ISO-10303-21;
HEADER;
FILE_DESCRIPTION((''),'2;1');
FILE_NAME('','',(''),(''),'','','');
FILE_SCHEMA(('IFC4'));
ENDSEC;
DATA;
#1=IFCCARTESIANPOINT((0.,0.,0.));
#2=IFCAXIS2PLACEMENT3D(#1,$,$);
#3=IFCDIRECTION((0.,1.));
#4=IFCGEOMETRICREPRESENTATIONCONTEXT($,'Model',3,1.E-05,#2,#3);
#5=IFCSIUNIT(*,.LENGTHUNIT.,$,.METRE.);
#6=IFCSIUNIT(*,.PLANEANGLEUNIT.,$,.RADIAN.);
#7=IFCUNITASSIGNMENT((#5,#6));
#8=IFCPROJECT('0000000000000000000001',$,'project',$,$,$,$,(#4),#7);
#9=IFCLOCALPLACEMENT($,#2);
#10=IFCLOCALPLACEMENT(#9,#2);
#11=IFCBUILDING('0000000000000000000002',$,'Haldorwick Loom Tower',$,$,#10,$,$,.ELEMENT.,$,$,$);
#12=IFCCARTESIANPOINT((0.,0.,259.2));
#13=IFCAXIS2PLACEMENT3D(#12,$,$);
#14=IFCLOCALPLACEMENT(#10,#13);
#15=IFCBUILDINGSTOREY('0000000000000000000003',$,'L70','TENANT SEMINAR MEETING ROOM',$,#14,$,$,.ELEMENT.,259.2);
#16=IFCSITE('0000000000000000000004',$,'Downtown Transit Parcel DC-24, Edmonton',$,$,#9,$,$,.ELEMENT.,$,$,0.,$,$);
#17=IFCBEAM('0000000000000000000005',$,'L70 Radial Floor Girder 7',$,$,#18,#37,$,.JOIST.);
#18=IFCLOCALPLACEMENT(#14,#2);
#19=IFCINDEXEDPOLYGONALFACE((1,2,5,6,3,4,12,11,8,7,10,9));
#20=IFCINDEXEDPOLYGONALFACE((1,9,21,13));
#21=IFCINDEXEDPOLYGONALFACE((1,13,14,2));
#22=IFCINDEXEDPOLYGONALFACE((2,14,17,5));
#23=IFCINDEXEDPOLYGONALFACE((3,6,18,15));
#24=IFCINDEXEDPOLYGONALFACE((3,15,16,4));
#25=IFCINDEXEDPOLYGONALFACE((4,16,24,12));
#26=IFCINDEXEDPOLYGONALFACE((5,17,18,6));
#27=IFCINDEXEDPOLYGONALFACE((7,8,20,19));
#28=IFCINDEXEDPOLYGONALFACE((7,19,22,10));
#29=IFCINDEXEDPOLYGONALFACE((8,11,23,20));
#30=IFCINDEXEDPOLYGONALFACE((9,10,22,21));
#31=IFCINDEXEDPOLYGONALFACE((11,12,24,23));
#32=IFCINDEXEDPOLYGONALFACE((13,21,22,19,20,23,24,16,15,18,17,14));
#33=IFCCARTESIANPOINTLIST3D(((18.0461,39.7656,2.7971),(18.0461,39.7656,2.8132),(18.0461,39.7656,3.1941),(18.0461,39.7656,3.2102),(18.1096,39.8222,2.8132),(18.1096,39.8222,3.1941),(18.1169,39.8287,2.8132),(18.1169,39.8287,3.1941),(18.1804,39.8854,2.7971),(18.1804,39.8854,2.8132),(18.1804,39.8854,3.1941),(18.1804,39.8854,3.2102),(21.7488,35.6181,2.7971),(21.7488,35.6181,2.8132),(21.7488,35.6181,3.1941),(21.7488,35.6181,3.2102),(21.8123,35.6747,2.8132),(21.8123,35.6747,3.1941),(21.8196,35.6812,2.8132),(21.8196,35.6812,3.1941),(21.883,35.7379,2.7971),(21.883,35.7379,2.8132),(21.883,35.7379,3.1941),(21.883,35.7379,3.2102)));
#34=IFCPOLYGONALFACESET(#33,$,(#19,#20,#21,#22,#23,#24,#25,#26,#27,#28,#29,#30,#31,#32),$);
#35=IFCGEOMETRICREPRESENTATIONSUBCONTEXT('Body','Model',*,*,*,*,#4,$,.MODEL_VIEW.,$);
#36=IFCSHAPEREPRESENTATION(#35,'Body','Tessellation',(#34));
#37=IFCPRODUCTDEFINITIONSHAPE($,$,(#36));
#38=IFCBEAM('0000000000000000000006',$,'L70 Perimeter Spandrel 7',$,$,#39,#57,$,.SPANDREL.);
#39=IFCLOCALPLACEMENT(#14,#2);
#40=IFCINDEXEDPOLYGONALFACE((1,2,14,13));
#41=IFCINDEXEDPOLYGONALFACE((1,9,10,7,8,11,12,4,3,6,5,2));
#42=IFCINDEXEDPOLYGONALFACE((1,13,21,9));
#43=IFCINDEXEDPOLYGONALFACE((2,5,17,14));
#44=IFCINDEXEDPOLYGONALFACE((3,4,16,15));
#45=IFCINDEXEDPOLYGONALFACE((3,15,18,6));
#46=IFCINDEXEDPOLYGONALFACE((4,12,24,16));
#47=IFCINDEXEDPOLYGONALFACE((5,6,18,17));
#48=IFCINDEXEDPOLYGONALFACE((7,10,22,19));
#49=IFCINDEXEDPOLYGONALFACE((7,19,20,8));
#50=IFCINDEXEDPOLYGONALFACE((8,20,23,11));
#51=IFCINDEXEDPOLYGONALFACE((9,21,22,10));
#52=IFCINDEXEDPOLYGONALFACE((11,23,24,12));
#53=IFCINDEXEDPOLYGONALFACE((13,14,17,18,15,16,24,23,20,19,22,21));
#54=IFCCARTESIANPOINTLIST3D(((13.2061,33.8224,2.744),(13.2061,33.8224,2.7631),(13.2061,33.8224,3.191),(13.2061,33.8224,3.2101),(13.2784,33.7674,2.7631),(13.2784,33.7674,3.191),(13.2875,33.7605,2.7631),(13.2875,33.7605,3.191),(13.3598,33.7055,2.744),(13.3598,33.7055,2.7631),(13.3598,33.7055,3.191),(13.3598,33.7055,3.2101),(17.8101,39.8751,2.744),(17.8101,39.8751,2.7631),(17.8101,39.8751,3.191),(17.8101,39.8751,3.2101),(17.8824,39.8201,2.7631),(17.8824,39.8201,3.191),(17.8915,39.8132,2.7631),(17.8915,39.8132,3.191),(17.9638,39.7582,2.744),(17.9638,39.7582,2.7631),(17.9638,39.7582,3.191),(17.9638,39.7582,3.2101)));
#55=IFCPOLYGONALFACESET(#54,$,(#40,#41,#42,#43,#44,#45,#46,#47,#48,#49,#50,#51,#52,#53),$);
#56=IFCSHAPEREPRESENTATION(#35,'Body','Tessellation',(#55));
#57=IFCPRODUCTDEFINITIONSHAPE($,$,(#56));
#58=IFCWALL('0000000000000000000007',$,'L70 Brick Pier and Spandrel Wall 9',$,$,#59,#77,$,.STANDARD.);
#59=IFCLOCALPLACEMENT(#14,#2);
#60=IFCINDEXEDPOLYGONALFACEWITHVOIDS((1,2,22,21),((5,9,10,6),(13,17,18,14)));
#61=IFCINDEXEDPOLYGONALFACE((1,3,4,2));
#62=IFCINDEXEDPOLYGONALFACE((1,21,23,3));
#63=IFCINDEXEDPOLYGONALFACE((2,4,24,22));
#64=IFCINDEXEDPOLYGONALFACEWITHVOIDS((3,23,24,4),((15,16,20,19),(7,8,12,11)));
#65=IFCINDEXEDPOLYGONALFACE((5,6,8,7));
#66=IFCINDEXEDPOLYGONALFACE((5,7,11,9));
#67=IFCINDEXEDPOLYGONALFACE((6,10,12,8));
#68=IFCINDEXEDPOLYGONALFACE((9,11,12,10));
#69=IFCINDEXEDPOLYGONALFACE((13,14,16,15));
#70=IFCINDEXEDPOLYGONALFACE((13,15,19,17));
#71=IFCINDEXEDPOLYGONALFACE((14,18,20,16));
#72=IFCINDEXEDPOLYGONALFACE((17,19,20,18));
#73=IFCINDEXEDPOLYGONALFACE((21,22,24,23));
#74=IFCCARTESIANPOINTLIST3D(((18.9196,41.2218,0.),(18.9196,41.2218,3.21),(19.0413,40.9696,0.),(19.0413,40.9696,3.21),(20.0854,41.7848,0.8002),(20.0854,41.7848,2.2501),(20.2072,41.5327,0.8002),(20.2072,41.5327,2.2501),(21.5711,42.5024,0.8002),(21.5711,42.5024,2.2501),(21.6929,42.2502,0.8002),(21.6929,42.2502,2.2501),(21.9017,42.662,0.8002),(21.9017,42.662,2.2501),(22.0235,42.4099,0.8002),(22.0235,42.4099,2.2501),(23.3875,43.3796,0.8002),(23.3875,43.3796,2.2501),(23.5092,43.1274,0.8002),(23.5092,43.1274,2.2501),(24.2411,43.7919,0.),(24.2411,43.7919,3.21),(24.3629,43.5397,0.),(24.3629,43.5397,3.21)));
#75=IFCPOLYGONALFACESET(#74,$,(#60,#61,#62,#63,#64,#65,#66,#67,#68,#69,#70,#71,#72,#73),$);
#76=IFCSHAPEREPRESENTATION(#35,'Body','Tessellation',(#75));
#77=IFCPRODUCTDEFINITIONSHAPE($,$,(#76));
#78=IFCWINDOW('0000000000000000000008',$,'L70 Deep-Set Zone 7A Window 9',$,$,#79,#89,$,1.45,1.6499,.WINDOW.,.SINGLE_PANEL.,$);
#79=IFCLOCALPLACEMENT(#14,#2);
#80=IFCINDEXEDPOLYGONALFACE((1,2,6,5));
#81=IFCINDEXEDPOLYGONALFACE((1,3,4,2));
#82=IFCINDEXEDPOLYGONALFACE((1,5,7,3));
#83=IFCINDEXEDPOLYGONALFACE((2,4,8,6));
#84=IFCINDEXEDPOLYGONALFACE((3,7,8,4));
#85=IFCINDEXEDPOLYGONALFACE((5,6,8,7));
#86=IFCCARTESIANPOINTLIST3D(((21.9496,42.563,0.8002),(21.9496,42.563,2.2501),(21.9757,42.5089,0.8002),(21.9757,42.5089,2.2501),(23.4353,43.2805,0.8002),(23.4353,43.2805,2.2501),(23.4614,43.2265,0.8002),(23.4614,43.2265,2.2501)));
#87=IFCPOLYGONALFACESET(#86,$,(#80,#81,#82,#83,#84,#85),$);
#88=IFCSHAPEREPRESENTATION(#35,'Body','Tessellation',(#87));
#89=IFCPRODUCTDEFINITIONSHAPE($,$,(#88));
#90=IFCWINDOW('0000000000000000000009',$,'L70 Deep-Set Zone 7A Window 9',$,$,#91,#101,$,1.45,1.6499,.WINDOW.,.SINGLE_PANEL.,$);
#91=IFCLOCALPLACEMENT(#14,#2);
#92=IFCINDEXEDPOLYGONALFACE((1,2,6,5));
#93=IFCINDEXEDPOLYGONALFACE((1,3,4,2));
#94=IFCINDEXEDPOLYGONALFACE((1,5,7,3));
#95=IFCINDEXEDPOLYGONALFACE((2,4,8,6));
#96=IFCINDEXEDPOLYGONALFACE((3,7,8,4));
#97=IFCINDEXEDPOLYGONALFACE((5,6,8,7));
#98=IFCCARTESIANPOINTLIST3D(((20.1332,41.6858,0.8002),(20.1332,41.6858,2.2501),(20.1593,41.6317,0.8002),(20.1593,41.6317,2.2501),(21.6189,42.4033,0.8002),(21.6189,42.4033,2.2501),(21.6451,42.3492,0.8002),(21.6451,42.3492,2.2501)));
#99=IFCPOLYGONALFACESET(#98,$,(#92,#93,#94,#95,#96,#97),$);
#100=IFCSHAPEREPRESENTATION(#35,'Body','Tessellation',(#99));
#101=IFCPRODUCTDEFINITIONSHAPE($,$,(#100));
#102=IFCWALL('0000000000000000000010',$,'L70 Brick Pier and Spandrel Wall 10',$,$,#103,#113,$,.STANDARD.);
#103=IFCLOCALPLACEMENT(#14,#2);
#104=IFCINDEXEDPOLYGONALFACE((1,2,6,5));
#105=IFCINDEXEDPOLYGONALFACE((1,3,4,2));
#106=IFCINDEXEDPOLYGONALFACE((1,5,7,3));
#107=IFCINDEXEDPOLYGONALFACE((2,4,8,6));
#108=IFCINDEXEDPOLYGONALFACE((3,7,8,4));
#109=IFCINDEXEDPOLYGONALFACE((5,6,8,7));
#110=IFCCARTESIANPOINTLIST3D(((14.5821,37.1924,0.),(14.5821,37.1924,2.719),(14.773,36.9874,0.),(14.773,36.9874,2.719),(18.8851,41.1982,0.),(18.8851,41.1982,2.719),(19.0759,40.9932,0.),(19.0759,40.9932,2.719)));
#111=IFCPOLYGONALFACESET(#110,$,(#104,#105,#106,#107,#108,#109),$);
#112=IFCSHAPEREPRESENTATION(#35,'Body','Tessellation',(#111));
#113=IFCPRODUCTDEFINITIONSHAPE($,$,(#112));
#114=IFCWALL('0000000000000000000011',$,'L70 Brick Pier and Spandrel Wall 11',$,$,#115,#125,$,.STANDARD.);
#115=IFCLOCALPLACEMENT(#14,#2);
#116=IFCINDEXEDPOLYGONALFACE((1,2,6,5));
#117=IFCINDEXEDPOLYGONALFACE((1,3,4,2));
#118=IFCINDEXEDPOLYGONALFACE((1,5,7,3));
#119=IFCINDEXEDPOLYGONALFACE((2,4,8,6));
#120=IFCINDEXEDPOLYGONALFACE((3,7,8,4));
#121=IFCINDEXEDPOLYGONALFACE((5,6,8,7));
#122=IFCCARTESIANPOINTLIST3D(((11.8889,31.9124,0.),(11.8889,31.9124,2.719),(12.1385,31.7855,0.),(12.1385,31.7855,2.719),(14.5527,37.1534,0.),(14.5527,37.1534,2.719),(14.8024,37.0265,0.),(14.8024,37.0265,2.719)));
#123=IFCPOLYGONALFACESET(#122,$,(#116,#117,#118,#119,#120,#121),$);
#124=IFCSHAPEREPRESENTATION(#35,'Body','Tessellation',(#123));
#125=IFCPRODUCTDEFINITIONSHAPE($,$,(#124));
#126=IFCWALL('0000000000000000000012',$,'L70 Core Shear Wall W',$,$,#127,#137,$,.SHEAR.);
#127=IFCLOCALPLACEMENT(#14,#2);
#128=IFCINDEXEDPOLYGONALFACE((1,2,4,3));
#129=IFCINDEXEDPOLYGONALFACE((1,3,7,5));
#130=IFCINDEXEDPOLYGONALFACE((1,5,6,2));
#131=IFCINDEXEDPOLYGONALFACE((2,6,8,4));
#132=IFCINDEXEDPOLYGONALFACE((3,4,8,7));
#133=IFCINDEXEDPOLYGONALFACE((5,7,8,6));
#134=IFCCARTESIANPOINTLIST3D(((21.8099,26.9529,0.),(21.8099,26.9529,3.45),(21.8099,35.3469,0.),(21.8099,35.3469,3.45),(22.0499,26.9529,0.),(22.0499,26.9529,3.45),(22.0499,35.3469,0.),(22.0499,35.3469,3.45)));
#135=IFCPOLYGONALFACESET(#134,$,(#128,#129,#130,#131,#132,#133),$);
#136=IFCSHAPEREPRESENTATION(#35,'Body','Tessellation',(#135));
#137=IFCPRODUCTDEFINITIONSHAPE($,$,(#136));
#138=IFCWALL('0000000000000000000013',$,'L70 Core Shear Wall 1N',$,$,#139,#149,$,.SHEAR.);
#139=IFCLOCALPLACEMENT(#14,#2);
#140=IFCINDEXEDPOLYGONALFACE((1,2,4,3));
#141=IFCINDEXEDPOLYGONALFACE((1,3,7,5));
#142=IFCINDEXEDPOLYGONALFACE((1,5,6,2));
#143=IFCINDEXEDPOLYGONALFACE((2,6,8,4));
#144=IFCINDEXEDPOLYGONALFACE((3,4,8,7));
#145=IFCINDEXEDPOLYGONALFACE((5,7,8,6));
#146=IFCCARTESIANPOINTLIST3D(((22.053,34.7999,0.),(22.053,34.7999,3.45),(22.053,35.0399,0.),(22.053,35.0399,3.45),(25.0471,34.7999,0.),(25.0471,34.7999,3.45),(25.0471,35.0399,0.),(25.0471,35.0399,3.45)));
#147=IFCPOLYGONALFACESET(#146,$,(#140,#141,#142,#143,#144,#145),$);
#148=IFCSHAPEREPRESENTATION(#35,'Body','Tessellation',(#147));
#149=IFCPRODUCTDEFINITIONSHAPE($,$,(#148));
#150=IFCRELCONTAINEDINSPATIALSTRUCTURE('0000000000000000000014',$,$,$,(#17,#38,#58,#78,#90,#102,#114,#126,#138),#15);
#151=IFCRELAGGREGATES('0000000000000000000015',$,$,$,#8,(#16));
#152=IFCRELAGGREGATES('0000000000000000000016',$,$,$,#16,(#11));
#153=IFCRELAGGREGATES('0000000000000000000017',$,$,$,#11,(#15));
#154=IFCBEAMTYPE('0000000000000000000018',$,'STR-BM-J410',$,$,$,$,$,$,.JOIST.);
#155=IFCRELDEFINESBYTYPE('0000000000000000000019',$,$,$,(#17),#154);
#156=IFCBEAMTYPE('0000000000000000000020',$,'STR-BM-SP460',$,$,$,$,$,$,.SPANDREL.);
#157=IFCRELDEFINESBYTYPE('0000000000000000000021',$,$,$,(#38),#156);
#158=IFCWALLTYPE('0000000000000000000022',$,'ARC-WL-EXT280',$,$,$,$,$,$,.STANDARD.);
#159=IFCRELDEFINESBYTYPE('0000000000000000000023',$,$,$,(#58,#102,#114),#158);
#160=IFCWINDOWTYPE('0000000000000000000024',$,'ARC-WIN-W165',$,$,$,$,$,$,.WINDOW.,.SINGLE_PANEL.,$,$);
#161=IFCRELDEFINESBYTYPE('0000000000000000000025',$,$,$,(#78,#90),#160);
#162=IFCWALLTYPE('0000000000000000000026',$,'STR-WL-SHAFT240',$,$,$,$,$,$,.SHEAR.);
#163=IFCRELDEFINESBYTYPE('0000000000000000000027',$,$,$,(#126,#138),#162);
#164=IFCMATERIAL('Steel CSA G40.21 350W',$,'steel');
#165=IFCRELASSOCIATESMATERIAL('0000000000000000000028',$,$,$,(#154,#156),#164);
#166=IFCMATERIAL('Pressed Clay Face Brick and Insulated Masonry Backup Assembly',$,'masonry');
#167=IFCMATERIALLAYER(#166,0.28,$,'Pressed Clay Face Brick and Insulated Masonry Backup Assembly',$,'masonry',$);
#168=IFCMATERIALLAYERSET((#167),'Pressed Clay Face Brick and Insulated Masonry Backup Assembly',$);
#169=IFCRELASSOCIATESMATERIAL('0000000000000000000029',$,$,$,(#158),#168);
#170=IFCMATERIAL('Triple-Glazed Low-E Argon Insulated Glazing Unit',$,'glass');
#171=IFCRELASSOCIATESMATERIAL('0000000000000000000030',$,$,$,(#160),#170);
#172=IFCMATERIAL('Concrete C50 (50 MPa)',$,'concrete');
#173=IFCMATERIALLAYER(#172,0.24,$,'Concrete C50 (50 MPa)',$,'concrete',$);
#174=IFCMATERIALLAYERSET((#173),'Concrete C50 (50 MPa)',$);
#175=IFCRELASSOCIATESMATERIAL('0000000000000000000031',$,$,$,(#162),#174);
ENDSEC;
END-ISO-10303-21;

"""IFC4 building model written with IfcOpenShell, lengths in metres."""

from ifc_helpers import new_model, si_unit, direction, frame, frame_2d, origin, origin_2d, place, context, subcontext, project, spatial, rectangle, i_section, extrude, material, layer, layer_set, material_profile, profile_set, type_object, element, fill, save


model = new_model("IFC4")

# Units and contexts
model_context = context("Model", 3, precision=1e-05, world=origin(), true_north=direction((0.0, 1.0)))
body_context = subcontext(model_context, "Body", "Model", "MODEL_VIEW")
ifc_project = project(units=[si_unit("LENGTHUNIT", "METRE"), si_unit("PLANEANGLEUNIT", "RADIAN")], contexts=[model_context])

# Site, building, storey
site_placement = place(None, origin())
site = spatial("IfcSite", under=ifc_project, at=site_placement, Name="Downtown Transit Parcel DC-24, Edmonton", CompositionType="ELEMENT", RefElevation=0.0)
building_placement = place(site_placement, origin())
building = spatial("IfcBuilding", under=site, at=building_placement, Name="Haldorwick Loom Tower", CompositionType="ELEMENT")
storey_placement = place(building_placement, frame((0.0, 0.0, 259.2)))
storey = spatial("IfcBuildingStorey", under=building, at=storey_placement, Name="L70", Description="TENANT SEMINAR MEETING ROOM", CompositionType="ELEMENT", Elevation=259.2)

# Shared definitions
ifc_material_1 = material(Name="Steel CSA G40.21 350W", Category="steel")

# Beams
ifc_material_2 = material(Name="Concrete C50 (50 MPa)", Category="concrete")
ifc_material_profile_1 = material_profile(ifc_material_1, i_section(OverallWidth=0.1799, OverallDepth=0.4131, WebThickness=0.0098, FlangeThickness=0.0161, at=origin_2d()), Name="W410X74", Category="steel")
ifc_profile_set_1 = profile_set([ifc_material_profile_1], Name="Steel CSA G40.21 350W")
beam_type_1 = type_object("IfcBeamType", Name="STR-BM-J410", PredefinedType="JOIST", material=ifc_profile_set_1)
beam_1_placement = place(storey_placement, frame((21.8159, 35.678, 3.0037), z_axis=(-0.66597, 0.745978, 0.0), x_axis=(-0.745978, -0.66597, 0.0)))
element("IfcBeam", 1, at=beam_1_placement, inside=storey, type_object=beam_type_1, Name="L70 Radial Floor Girder 7", PredefinedType="JOIST", context=body_context, shape_type="SweptSolid", body=[
    extrude(i_section(OverallWidth=0.1799, OverallDepth=0.4131, WebThickness=0.0098, FlangeThickness=0.0161, at=origin_2d()), origin(), (0.0, 0.0, 1.0), 5.5598),
])
ifc_material_profile_2 = material_profile(ifc_material_1, i_section(OverallWidth=0.1931, OverallDepth=0.4661, WebThickness=0.0115, FlangeThickness=0.019, at=origin_2d()), Name="W460X97", Category="steel")
ifc_profile_set_2 = profile_set([ifc_material_profile_2], Name="Steel CSA G40.21 350W")
beam_type_2 = type_object("IfcBeamType", Name="STR-BM-SP460", PredefinedType="SPANDREL", material=ifc_profile_set_2)
beam_2_placement = place(storey_placement, frame((17.887, 39.8167, 2.9771), z_axis=(-0.60541, -0.795913, 0.0), x_axis=(0.795913, -0.60541, 0.0)))
element("IfcBeam", 2, at=beam_2_placement, inside=storey, type_object=beam_type_2, Name="L70 Perimeter Spandrel 7", PredefinedType="SPANDREL", context=body_context, shape_type="SweptSolid", body=[
    extrude(i_section(OverallWidth=0.1931, OverallDepth=0.4661, WebThickness=0.0115, FlangeThickness=0.019, at=origin_2d()), origin(), (0.0, 0.0, 1.0), 7.6047),
])

# Wall, openings, windows
ifc_material_3 = material(Name="Pressed Clay Face Brick and Insulated Masonry Backup Assembly", Category="masonry")
ifc_layer_1 = layer(ifc_material_3, 0.28, Name="Pressed Clay Face Brick and Insulated Masonry Backup Assembly", Category="masonry")
ifc_layer_set_1 = layer_set([ifc_layer_1], Name="Pressed Clay Face Brick and Insulated Masonry Backup Assembly")
wall_type_1 = type_object("IfcWallType", Name="ARC-WL-EXT280", PredefinedType="STANDARD", material=ifc_layer_set_1)
wall_1_placement = place(storey_placement, frame((24.302, 43.6658, 0.0), z_axis=(0.0, 0.0, 1.0), x_axis=(-0.900482, -0.434893, 0.0)))
wall_1 = element("IfcWall", 3, at=wall_1_placement, inside=storey, type_object=wall_type_1, Name="L70 Brick Pier and Spandrel Wall 9", PredefinedType="STANDARD", context=body_context, shape_type="SweptSolid", body=[
    extrude(rectangle(XDim=5.9097, YDim=0.28, at=frame_2d((2.9548, 0.0))), origin(), (0.0, 0.0, 1.0), 3.21),
])
opening_1_placement = place(wall_1_placement, frame((0.948, 0.0, 0.8)))
opening_1 = element("IfcOpeningElement", 4, at=opening_1_placement, cuts=wall_1, PredefinedType="OPENING", context=body_context, shape_type="SweptSolid", body=[
    extrude(rectangle(XDim=1.6499, YDim=1.45, at=frame_2d((0.825, 0.7251))), frame((0.0, 0.1499, 0.0), z_axis=(0.0, -1.0, 0.0), x_axis=(1.0, 0.0, 0.0)), (0.0, 0.0, 1.0), 0.3),
])
opening_2_placement = place(wall_1_placement, frame((2.9651, 0.0, 0.8)))
opening_2 = element("IfcOpeningElement", 5, at=opening_2_placement, cuts=wall_1, PredefinedType="OPENING", context=body_context, shape_type="SweptSolid", body=[
    extrude(rectangle(XDim=1.6499, YDim=1.45, at=frame_2d((0.825, 0.7251))), frame((0.0, 0.1499, 0.0), z_axis=(0.0, -1.0, 0.0), x_axis=(1.0, 0.0, 0.0)), (0.0, 0.0, 1.0), 0.3),
])
ifc_material_4 = material(Name="Triple-Glazed Low-E Argon Insulated Glazing Unit", Category="glass")
window_type = type_object("IfcWindowType", Name="ARC-WIN-W165", PartitioningType="SINGLE_PANEL", PredefinedType="WINDOW", material=ifc_material_4)
window_1_placement = place(opening_1_placement, origin())
window_1 = element("IfcWindow", 6, at=window_1_placement, inside=storey, type_object=window_type, Name="L70 Deep-Set Zone 7A Window 9", OverallHeight=1.45, OverallWidth=1.6499, PartitioningType="SINGLE_PANEL", PredefinedType="WINDOW", context=body_context, shape_type="SweptSolid", body=[
    extrude(rectangle(XDim=1.6499, YDim=1.45, at=frame_2d((0.825, 0.7251))), frame((0.0, 0.03, 0.0), z_axis=(0.0, -1.0, 0.0), x_axis=(1.0, 0.0, 0.0)), (0.0, 0.0, 1.0), 0.0601),
])
fill(opening_1, window_1)
window_2_placement = place(opening_2_placement, origin())
window_2 = element("IfcWindow", 7, at=window_2_placement, inside=storey, type_object=window_type, Name="L70 Deep-Set Zone 7A Window 9", OverallHeight=1.45, OverallWidth=1.6499, PartitioningType="SINGLE_PANEL", PredefinedType="WINDOW", context=body_context, shape_type="SweptSolid", body=[
    extrude(rectangle(XDim=1.6499, YDim=1.45, at=frame_2d((0.825, 0.7251))), frame((0.0, 0.03, 0.0), z_axis=(0.0, -1.0, 0.0), x_axis=(1.0, 0.0, 0.0)), (0.0, 0.0, 1.0), 0.0601),
])
fill(opening_2, window_2)

# Walls
wall_2_placement = place(storey_placement, frame((18.9805, 41.0957, 0.0), z_axis=(0.0, 0.0, 1.0), x_axis=(-0.731925, -0.681386, 0.0)))
element("IfcWall", 8, at=wall_2_placement, inside=storey, type_object=wall_type_1, Name="L70 Brick Pier and Spandrel Wall 10", PredefinedType="STANDARD", context=body_context, shape_type="SweptSolid", body=[
    extrude(rectangle(XDim=5.8789, YDim=0.28, at=frame_2d((2.9395, 0.0))), origin(), (0.0, 0.0, 1.0), 2.719),
])
wall_3_placement = place(storey_placement, frame((14.6775, 37.0898, 0.0), z_axis=(0.0, 0.0, 1.0), x_axis=(-0.453101, -0.891459, 0.0)))
element("IfcWall", 9, at=wall_3_placement, inside=storey, type_object=wall_type_1, Name="L70 Brick Pier and Spandrel Wall 11", PredefinedType="STANDARD", context=body_context, shape_type="SweptSolid", body=[
    extrude(rectangle(XDim=5.8792, YDim=0.28, at=frame_2d((2.9395, 0.0))), origin(), (0.0, 0.0, 1.0), 2.719),
])
ifc_layer_2 = layer(ifc_material_2, 0.24, Name="Concrete C50 (50 MPa)", Category="concrete")
ifc_layer_set_2 = layer_set([ifc_layer_2], Name="Concrete C50 (50 MPa)")
wall_type_2 = type_object("IfcWallType", Name="STR-WL-SHAFT240", PredefinedType="SHEAR", material=ifc_layer_set_2)
wall_4_placement = place(storey_placement, frame((21.9299, 35.3469, 0.0), z_axis=(0.0, 0.0, 1.0), x_axis=(0.0, -1.0, 0.0)))
element("IfcWall", 10, at=wall_4_placement, inside=storey, type_object=wall_type_2, Name="L70 Core Shear Wall W", PredefinedType="SHEAR", context=body_context, shape_type="SweptSolid", body=[
    extrude(rectangle(XDim=8.394, YDim=0.24, at=frame_2d((4.197, 0.0))), origin(), (0.0, 0.0, 1.0), 3.45),
])
wall_5_placement = place(storey_placement, frame((22.053, 34.9199, 0.0), z_axis=(0.0, 0.0, 1.0), x_axis=(1.0, 0.0, 0.0)))
element("IfcWall", 11, at=wall_5_placement, inside=storey, type_object=wall_type_2, Name="L70 Core Shear Wall 1N", PredefinedType="SHEAR", context=body_context, shape_type="SweptSolid", body=[
    extrude(rectangle(XDim=2.9941, YDim=0.24, at=frame_2d((1.4971, 0.0))), origin(), (0.0, 0.0, 1.0), 3.45),
])

save(model, "model.ifc")
